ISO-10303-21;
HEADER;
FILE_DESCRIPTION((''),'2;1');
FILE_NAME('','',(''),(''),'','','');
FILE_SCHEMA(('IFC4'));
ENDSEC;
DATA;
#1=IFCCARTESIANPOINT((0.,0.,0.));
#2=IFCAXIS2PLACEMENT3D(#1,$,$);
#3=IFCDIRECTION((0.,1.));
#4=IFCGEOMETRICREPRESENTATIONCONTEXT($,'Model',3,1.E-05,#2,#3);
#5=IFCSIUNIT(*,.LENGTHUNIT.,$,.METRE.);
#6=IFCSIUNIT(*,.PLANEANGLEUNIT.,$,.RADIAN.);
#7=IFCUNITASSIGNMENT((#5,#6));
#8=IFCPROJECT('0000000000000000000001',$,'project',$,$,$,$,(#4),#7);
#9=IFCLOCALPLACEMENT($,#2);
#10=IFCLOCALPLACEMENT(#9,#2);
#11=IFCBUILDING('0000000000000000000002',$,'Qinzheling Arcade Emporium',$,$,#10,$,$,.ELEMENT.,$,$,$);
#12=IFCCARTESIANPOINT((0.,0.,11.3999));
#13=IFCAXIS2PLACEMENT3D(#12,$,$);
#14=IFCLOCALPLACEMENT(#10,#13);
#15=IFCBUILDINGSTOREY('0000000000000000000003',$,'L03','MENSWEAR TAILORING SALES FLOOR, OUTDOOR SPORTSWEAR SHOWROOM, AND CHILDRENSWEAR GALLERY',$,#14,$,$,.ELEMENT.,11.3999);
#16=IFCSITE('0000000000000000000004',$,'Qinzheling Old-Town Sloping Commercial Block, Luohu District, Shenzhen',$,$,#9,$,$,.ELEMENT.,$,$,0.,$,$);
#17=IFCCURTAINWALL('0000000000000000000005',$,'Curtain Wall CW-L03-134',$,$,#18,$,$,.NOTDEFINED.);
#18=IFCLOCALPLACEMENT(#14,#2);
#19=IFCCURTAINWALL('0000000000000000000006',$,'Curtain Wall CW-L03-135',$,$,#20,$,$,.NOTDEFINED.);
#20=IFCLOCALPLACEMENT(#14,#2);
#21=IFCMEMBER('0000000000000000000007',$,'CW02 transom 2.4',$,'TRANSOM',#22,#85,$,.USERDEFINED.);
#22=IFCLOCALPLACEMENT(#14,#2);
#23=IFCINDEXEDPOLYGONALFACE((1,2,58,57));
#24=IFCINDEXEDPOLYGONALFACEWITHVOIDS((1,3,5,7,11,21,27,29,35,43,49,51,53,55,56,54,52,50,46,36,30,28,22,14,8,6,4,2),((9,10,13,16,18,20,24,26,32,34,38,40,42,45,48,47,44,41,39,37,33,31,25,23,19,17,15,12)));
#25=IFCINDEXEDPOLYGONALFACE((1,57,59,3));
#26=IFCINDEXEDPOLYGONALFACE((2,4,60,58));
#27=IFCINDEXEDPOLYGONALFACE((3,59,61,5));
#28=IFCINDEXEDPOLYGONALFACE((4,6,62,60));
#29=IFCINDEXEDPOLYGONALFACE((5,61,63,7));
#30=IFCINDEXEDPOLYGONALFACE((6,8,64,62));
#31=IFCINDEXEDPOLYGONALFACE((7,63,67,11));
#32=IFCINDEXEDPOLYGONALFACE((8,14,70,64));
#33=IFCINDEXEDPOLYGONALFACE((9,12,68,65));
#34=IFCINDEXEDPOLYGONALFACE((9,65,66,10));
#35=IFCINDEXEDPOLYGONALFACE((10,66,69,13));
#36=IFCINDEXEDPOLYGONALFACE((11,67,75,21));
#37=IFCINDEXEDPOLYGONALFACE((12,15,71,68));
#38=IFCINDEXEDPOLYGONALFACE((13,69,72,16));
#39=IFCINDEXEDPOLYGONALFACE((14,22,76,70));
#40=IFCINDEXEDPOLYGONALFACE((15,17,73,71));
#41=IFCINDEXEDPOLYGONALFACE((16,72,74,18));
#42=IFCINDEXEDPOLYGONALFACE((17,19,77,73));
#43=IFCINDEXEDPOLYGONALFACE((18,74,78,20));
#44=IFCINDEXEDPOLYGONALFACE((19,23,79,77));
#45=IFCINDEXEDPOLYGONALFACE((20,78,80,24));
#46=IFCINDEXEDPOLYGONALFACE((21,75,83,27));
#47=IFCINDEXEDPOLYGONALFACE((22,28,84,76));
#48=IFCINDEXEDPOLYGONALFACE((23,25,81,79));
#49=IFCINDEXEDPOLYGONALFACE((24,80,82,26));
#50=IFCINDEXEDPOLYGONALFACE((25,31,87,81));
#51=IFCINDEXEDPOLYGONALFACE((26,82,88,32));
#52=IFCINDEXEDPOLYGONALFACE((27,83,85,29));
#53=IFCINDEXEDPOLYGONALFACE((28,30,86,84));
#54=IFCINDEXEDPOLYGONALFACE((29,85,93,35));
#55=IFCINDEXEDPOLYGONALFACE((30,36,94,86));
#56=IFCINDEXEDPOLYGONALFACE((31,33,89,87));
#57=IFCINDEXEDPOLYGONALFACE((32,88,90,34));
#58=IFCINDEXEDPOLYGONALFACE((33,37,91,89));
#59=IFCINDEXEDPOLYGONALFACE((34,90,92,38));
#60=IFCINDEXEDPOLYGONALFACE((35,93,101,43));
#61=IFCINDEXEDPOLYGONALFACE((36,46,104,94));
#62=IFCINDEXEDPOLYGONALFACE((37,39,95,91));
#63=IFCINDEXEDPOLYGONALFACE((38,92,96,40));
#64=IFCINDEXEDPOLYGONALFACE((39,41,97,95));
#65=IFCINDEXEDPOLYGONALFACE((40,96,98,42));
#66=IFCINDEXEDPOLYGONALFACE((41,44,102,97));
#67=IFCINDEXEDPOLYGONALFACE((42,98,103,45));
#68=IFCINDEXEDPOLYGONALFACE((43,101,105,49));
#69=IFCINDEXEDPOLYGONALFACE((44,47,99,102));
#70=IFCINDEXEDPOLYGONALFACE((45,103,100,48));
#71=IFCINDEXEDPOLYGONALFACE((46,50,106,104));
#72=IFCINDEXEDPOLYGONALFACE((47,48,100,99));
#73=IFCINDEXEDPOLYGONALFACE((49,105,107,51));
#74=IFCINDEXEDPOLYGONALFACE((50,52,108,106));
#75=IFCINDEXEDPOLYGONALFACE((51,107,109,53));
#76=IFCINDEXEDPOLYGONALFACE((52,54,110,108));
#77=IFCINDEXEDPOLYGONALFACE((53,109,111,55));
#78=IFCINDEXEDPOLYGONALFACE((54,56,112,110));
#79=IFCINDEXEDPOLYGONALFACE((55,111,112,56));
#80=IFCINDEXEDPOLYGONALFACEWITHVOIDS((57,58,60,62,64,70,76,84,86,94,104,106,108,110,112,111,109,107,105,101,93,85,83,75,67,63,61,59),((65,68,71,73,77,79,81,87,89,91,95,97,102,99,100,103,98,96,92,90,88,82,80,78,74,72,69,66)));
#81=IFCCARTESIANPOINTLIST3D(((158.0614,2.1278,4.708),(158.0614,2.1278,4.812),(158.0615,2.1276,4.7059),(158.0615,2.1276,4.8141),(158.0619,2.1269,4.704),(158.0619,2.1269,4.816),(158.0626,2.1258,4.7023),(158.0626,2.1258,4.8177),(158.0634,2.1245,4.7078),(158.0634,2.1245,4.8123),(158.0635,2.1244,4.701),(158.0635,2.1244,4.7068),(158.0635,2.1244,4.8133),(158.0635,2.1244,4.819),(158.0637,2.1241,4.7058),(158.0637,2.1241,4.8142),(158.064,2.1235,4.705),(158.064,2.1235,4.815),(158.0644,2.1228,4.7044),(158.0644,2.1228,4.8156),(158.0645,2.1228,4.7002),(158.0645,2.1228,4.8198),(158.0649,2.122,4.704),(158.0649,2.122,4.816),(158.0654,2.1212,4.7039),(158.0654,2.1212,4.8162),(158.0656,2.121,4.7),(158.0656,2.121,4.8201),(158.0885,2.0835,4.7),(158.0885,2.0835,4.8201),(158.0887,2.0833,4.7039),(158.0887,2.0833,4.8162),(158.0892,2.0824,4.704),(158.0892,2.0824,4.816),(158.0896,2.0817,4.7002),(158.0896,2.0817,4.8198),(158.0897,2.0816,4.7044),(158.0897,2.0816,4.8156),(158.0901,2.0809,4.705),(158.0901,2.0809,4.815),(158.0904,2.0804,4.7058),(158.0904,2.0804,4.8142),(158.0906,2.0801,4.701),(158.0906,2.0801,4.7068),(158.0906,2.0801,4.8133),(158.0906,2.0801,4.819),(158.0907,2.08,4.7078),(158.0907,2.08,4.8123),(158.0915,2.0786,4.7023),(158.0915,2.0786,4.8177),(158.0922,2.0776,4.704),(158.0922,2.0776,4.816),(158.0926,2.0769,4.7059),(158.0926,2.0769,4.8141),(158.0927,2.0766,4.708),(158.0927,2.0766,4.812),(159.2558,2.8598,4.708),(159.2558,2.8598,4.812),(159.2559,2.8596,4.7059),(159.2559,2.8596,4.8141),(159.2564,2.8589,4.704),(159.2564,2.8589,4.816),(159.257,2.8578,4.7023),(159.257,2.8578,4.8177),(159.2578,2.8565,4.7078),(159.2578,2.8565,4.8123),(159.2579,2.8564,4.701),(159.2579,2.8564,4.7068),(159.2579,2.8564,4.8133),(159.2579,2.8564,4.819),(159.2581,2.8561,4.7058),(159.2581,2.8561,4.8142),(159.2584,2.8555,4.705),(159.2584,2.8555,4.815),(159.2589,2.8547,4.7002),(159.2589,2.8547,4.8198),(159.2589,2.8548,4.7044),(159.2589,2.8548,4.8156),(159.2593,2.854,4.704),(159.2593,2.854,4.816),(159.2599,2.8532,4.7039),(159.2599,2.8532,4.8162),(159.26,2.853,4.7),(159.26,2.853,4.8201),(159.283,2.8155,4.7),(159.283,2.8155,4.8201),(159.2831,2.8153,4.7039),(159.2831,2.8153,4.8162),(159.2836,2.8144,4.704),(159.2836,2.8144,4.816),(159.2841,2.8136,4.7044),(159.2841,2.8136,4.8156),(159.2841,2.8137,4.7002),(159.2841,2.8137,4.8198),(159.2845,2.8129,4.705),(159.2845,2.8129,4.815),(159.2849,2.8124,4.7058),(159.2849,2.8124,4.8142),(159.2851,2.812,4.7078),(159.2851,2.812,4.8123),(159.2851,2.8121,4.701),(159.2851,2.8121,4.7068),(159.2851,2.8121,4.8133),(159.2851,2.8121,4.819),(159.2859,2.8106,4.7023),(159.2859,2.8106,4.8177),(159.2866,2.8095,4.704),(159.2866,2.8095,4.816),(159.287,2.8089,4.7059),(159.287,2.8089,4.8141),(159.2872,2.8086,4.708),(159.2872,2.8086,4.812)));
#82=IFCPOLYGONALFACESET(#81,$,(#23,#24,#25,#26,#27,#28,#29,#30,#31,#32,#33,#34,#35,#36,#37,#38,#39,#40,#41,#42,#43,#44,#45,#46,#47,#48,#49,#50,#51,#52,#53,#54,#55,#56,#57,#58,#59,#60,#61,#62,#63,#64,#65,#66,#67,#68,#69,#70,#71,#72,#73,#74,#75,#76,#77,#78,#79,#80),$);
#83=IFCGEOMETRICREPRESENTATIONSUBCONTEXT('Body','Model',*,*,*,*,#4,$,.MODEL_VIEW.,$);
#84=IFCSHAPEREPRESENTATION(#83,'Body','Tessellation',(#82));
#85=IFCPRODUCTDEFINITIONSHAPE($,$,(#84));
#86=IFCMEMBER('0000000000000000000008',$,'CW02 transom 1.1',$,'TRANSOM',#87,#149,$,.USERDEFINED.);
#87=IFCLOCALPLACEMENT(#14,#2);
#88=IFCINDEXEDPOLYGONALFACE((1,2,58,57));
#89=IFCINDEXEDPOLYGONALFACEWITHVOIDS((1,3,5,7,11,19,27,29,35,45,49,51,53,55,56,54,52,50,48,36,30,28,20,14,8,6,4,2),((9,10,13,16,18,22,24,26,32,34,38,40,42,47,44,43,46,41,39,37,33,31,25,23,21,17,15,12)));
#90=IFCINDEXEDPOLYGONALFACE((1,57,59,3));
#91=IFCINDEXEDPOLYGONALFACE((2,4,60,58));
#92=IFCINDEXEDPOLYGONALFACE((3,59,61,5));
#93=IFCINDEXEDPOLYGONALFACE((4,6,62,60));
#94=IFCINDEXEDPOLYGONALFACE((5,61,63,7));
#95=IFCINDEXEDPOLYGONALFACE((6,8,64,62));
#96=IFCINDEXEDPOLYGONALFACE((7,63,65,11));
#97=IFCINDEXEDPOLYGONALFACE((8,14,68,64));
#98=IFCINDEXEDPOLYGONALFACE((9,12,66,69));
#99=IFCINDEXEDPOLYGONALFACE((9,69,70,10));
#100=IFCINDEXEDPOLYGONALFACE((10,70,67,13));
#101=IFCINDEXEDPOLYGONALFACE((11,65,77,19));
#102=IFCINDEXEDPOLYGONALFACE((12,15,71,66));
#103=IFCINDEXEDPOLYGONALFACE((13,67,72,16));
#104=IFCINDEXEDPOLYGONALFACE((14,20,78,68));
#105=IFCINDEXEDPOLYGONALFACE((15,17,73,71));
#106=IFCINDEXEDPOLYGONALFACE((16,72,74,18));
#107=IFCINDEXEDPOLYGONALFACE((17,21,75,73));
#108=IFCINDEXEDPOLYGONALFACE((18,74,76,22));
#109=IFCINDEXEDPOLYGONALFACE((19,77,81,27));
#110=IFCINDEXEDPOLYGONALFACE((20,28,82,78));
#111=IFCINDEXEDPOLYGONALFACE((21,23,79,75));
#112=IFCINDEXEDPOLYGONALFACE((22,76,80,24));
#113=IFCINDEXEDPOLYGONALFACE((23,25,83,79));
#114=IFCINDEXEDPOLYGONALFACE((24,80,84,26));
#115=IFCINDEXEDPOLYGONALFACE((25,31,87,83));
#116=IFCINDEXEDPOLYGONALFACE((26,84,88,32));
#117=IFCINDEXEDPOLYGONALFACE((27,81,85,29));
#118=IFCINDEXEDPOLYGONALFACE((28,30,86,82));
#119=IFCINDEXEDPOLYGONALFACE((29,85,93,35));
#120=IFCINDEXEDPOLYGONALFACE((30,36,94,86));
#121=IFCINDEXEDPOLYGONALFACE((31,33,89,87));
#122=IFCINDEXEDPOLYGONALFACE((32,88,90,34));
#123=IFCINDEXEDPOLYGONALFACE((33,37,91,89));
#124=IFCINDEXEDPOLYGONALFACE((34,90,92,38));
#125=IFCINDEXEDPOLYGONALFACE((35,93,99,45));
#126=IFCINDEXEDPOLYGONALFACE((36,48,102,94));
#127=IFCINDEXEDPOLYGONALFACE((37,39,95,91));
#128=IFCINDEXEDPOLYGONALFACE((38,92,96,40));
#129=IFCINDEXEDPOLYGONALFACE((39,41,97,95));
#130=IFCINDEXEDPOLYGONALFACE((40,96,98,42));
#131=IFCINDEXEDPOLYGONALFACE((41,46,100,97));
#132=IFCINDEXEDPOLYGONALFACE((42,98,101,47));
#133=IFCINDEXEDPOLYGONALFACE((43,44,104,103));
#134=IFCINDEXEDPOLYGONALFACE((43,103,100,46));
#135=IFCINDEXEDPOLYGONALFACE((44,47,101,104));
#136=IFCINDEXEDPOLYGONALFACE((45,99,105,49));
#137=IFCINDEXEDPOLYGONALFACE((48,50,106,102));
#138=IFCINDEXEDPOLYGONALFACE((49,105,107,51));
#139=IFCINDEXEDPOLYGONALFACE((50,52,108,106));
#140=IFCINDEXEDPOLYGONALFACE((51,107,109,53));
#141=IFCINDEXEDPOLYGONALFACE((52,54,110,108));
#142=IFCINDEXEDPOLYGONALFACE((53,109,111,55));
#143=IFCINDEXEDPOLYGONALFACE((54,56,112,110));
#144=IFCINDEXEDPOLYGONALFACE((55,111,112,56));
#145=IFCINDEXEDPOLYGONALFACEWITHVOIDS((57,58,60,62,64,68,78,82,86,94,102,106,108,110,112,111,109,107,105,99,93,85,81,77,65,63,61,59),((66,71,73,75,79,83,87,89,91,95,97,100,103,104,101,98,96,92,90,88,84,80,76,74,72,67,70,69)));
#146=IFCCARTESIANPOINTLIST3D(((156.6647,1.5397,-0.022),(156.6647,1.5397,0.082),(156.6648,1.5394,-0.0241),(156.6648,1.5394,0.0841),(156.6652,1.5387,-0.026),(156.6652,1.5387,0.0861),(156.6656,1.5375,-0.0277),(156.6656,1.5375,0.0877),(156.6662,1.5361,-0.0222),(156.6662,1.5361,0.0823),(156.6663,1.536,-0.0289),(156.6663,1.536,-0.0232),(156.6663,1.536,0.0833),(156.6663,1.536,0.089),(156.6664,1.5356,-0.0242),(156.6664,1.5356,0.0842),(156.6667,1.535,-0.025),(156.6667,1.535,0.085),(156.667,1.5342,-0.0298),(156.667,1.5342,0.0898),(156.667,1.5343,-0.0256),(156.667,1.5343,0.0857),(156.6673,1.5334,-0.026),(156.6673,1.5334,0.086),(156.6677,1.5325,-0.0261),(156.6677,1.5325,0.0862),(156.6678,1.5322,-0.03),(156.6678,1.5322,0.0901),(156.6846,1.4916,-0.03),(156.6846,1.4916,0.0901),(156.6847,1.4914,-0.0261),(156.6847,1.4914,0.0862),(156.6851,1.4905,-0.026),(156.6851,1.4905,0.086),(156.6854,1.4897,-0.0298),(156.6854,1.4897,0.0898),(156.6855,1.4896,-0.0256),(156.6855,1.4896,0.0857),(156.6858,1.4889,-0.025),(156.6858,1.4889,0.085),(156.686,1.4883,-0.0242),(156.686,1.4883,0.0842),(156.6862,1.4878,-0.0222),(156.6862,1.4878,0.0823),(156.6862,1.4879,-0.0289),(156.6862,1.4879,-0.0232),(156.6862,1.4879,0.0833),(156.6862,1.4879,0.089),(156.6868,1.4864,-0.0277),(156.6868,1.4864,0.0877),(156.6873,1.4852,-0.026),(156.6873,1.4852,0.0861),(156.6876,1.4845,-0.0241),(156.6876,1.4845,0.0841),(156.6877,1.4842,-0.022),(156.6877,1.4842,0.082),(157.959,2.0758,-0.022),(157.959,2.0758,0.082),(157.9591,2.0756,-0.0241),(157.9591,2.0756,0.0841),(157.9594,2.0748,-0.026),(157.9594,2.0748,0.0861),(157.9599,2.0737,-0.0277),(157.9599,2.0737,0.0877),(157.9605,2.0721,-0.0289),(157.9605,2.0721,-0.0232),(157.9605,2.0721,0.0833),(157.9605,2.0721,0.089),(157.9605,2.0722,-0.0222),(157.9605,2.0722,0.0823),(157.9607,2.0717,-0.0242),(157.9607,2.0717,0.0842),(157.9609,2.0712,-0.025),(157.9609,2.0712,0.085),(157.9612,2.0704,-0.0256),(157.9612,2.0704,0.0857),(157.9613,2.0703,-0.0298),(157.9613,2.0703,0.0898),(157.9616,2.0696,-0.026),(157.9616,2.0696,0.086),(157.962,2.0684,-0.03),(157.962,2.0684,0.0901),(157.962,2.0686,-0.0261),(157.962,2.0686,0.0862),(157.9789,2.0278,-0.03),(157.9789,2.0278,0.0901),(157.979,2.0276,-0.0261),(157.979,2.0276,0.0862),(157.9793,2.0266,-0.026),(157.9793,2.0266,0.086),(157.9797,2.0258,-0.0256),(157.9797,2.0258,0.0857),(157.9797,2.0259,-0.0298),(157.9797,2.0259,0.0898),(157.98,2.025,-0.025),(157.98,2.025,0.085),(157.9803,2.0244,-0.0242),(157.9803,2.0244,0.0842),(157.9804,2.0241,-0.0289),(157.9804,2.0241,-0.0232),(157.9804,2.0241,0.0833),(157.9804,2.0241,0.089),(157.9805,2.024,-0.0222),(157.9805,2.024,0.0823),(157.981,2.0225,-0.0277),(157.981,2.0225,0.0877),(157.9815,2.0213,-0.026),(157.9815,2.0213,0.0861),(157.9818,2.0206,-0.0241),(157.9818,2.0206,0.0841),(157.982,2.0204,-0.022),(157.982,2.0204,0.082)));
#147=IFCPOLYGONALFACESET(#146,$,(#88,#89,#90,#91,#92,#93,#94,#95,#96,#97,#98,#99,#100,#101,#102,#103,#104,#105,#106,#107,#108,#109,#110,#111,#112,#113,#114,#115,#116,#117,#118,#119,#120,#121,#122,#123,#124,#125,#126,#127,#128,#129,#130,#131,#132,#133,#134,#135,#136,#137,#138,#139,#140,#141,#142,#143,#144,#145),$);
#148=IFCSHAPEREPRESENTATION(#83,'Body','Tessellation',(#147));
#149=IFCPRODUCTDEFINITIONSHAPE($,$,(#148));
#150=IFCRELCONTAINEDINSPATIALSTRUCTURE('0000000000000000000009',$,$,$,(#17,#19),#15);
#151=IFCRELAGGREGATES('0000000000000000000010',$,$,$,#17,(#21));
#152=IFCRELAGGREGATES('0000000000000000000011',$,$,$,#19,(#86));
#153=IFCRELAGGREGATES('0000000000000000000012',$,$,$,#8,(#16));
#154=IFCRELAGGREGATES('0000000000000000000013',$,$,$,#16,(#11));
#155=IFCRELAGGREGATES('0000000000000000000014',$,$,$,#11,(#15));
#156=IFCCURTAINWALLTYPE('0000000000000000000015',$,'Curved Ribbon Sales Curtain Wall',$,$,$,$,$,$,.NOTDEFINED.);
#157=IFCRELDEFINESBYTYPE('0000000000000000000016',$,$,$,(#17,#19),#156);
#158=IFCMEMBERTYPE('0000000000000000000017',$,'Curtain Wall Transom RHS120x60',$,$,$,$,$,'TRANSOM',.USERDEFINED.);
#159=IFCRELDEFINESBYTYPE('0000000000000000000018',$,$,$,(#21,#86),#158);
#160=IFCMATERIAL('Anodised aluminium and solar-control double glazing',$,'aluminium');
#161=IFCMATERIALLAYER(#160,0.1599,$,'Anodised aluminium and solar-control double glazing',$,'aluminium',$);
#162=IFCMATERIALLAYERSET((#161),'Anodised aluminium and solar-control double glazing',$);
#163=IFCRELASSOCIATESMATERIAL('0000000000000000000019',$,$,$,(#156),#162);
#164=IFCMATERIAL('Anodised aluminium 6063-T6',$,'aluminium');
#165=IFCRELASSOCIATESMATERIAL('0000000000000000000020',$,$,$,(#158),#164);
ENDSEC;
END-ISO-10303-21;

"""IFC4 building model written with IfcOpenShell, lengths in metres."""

from ifc_helpers import new_model, si_unit, direction, frame, origin, origin_2d, place, context, subcontext, project, spatial, hollow_rectangle, extrude, material, layer, layer_set, material_profile, profile_set, type_object, element, aggregate, save


model = new_model("IFC4")

# Units and contexts
model_context = context("Model", 3, precision=1e-05, world=origin(), true_north=direction((0.0, 1.0)))
body_context = subcontext(model_context, "Body", "Model", "MODEL_VIEW")
ifc_project = project(units=[si_unit("LENGTHUNIT", "METRE"), si_unit("PLANEANGLEUNIT", "RADIAN")], contexts=[model_context])

# Site, building, storey
site_placement = place(None, origin())
site = spatial("IfcSite", under=ifc_project, at=site_placement, Name="Qinzheling Old-Town Sloping Commercial Block, Luohu District, Shenzhen", CompositionType="ELEMENT", RefElevation=0.0)
building_placement = place(site_placement, origin())
building = spatial("IfcBuilding", under=site, at=building_placement, Name="Qinzheling Arcade Emporium", CompositionType="ELEMENT")
storey_placement = place(building_placement, frame((0.0, 0.0, 11.3999)))
storey = spatial("IfcBuildingStorey", under=building, at=storey_placement, Name="L03", Description="MENSWEAR TAILORING SALES FLOOR, OUTDOOR SPORTSWEAR SHOWROOM, AND CHILDRENSWEAR GALLERY", CompositionType="ELEMENT", Elevation=11.3999)

# Curtain walls
ifc_material_1 = material(Name="Anodised aluminium and solar-control double glazing", Category="aluminium")
ifc_layer_1 = layer(ifc_material_1, 0.1599, Name="Anodised aluminium and solar-control double glazing", Category="aluminium")
ifc_layer_set_1 = layer_set([ifc_layer_1], Name="Anodised aluminium and solar-control double glazing")
curtain_wall_type = type_object("IfcCurtainWallType", Name="Curved Ribbon Sales Curtain Wall", PredefinedType="NOTDEFINED", material=ifc_layer_set_1)
ifc_material_2 = material(Name="Anodised aluminium 6063-T6", Category="aluminium")
curtain_wall_1_placement = place(storey_placement, origin())
curtain_wall_1 = element("IfcCurtainWall", 1, at=curtain_wall_1_placement, inside=storey, type_object=curtain_wall_type, Name="Curtain Wall CW-L03-134", PredefinedType="NOTDEFINED")
curtain_wall_2_placement = place(storey_placement, origin())
curtain_wall_2 = element("IfcCurtainWall", 2, at=curtain_wall_2_placement, inside=storey, type_object=curtain_wall_type, Name="Curtain Wall CW-L03-135", PredefinedType="NOTDEFINED")

# Members
ifc_material_profile_1 = material_profile(ifc_material_2, hollow_rectangle(XDim=0.0601, YDim=0.1201, WallThickness=0.0039, InnerFilletRadius=0.0039, OuterFilletRadius=0.0081, at=origin_2d()), Name="RHS 120x60x4", Category="aluminium")
ifc_profile_set_1 = profile_set([ifc_material_profile_1], Name="Anodised aluminium 6063-T6")
member_type_1 = type_object("IfcMemberType", Name="Curtain Wall Transom RHS120x60", ElementType="TRANSOM", PredefinedType="USERDEFINED", material=ifc_profile_set_1)
member_1_placement = place(storey_placement, frame((159.2715, 2.8342, 4.76), z_axis=(-0.852626, -0.522521, 0.0), x_axis=(0.522521, -0.852626, 0.0)))
member_1 = element("IfcMember", 3, at=member_1_placement, type_object=member_type_1, Name="CW02 transom 2.4", ObjectType="TRANSOM", PredefinedType="USERDEFINED", context=body_context, shape_type="SweptSolid", body=[
    extrude(hollow_rectangle(XDim=0.0601, YDim=0.1201, WallThickness=0.0039, InnerFilletRadius=0.0039, OuterFilletRadius=0.0081, at=origin_2d()), origin(), (0.0, 0.0, 1.0), 1.4009),
])
member_2_placement = place(storey_placement, frame((157.9705, 2.0481, 0.03), z_axis=(-0.923864, -0.382721, 0.0), x_axis=(0.382721, -0.923864, 0.0)))
member_2 = element("IfcMember", 4, at=member_2_placement, type_object=member_type_1, Name="CW02 transom 1.1", ObjectType="TRANSOM", PredefinedType="USERDEFINED", context=body_context, shape_type="SweptSolid", body=[
    extrude(hollow_rectangle(XDim=0.0601, YDim=0.1201, WallThickness=0.0039, InnerFilletRadius=0.0039, OuterFilletRadius=0.0081, at=origin_2d()), origin(), (0.0, 0.0, 1.0), 1.4009),
])

aggregate(curtain_wall_1, [member_1])
aggregate(curtain_wall_2, [member_2])

save(model, "model.ifc")
